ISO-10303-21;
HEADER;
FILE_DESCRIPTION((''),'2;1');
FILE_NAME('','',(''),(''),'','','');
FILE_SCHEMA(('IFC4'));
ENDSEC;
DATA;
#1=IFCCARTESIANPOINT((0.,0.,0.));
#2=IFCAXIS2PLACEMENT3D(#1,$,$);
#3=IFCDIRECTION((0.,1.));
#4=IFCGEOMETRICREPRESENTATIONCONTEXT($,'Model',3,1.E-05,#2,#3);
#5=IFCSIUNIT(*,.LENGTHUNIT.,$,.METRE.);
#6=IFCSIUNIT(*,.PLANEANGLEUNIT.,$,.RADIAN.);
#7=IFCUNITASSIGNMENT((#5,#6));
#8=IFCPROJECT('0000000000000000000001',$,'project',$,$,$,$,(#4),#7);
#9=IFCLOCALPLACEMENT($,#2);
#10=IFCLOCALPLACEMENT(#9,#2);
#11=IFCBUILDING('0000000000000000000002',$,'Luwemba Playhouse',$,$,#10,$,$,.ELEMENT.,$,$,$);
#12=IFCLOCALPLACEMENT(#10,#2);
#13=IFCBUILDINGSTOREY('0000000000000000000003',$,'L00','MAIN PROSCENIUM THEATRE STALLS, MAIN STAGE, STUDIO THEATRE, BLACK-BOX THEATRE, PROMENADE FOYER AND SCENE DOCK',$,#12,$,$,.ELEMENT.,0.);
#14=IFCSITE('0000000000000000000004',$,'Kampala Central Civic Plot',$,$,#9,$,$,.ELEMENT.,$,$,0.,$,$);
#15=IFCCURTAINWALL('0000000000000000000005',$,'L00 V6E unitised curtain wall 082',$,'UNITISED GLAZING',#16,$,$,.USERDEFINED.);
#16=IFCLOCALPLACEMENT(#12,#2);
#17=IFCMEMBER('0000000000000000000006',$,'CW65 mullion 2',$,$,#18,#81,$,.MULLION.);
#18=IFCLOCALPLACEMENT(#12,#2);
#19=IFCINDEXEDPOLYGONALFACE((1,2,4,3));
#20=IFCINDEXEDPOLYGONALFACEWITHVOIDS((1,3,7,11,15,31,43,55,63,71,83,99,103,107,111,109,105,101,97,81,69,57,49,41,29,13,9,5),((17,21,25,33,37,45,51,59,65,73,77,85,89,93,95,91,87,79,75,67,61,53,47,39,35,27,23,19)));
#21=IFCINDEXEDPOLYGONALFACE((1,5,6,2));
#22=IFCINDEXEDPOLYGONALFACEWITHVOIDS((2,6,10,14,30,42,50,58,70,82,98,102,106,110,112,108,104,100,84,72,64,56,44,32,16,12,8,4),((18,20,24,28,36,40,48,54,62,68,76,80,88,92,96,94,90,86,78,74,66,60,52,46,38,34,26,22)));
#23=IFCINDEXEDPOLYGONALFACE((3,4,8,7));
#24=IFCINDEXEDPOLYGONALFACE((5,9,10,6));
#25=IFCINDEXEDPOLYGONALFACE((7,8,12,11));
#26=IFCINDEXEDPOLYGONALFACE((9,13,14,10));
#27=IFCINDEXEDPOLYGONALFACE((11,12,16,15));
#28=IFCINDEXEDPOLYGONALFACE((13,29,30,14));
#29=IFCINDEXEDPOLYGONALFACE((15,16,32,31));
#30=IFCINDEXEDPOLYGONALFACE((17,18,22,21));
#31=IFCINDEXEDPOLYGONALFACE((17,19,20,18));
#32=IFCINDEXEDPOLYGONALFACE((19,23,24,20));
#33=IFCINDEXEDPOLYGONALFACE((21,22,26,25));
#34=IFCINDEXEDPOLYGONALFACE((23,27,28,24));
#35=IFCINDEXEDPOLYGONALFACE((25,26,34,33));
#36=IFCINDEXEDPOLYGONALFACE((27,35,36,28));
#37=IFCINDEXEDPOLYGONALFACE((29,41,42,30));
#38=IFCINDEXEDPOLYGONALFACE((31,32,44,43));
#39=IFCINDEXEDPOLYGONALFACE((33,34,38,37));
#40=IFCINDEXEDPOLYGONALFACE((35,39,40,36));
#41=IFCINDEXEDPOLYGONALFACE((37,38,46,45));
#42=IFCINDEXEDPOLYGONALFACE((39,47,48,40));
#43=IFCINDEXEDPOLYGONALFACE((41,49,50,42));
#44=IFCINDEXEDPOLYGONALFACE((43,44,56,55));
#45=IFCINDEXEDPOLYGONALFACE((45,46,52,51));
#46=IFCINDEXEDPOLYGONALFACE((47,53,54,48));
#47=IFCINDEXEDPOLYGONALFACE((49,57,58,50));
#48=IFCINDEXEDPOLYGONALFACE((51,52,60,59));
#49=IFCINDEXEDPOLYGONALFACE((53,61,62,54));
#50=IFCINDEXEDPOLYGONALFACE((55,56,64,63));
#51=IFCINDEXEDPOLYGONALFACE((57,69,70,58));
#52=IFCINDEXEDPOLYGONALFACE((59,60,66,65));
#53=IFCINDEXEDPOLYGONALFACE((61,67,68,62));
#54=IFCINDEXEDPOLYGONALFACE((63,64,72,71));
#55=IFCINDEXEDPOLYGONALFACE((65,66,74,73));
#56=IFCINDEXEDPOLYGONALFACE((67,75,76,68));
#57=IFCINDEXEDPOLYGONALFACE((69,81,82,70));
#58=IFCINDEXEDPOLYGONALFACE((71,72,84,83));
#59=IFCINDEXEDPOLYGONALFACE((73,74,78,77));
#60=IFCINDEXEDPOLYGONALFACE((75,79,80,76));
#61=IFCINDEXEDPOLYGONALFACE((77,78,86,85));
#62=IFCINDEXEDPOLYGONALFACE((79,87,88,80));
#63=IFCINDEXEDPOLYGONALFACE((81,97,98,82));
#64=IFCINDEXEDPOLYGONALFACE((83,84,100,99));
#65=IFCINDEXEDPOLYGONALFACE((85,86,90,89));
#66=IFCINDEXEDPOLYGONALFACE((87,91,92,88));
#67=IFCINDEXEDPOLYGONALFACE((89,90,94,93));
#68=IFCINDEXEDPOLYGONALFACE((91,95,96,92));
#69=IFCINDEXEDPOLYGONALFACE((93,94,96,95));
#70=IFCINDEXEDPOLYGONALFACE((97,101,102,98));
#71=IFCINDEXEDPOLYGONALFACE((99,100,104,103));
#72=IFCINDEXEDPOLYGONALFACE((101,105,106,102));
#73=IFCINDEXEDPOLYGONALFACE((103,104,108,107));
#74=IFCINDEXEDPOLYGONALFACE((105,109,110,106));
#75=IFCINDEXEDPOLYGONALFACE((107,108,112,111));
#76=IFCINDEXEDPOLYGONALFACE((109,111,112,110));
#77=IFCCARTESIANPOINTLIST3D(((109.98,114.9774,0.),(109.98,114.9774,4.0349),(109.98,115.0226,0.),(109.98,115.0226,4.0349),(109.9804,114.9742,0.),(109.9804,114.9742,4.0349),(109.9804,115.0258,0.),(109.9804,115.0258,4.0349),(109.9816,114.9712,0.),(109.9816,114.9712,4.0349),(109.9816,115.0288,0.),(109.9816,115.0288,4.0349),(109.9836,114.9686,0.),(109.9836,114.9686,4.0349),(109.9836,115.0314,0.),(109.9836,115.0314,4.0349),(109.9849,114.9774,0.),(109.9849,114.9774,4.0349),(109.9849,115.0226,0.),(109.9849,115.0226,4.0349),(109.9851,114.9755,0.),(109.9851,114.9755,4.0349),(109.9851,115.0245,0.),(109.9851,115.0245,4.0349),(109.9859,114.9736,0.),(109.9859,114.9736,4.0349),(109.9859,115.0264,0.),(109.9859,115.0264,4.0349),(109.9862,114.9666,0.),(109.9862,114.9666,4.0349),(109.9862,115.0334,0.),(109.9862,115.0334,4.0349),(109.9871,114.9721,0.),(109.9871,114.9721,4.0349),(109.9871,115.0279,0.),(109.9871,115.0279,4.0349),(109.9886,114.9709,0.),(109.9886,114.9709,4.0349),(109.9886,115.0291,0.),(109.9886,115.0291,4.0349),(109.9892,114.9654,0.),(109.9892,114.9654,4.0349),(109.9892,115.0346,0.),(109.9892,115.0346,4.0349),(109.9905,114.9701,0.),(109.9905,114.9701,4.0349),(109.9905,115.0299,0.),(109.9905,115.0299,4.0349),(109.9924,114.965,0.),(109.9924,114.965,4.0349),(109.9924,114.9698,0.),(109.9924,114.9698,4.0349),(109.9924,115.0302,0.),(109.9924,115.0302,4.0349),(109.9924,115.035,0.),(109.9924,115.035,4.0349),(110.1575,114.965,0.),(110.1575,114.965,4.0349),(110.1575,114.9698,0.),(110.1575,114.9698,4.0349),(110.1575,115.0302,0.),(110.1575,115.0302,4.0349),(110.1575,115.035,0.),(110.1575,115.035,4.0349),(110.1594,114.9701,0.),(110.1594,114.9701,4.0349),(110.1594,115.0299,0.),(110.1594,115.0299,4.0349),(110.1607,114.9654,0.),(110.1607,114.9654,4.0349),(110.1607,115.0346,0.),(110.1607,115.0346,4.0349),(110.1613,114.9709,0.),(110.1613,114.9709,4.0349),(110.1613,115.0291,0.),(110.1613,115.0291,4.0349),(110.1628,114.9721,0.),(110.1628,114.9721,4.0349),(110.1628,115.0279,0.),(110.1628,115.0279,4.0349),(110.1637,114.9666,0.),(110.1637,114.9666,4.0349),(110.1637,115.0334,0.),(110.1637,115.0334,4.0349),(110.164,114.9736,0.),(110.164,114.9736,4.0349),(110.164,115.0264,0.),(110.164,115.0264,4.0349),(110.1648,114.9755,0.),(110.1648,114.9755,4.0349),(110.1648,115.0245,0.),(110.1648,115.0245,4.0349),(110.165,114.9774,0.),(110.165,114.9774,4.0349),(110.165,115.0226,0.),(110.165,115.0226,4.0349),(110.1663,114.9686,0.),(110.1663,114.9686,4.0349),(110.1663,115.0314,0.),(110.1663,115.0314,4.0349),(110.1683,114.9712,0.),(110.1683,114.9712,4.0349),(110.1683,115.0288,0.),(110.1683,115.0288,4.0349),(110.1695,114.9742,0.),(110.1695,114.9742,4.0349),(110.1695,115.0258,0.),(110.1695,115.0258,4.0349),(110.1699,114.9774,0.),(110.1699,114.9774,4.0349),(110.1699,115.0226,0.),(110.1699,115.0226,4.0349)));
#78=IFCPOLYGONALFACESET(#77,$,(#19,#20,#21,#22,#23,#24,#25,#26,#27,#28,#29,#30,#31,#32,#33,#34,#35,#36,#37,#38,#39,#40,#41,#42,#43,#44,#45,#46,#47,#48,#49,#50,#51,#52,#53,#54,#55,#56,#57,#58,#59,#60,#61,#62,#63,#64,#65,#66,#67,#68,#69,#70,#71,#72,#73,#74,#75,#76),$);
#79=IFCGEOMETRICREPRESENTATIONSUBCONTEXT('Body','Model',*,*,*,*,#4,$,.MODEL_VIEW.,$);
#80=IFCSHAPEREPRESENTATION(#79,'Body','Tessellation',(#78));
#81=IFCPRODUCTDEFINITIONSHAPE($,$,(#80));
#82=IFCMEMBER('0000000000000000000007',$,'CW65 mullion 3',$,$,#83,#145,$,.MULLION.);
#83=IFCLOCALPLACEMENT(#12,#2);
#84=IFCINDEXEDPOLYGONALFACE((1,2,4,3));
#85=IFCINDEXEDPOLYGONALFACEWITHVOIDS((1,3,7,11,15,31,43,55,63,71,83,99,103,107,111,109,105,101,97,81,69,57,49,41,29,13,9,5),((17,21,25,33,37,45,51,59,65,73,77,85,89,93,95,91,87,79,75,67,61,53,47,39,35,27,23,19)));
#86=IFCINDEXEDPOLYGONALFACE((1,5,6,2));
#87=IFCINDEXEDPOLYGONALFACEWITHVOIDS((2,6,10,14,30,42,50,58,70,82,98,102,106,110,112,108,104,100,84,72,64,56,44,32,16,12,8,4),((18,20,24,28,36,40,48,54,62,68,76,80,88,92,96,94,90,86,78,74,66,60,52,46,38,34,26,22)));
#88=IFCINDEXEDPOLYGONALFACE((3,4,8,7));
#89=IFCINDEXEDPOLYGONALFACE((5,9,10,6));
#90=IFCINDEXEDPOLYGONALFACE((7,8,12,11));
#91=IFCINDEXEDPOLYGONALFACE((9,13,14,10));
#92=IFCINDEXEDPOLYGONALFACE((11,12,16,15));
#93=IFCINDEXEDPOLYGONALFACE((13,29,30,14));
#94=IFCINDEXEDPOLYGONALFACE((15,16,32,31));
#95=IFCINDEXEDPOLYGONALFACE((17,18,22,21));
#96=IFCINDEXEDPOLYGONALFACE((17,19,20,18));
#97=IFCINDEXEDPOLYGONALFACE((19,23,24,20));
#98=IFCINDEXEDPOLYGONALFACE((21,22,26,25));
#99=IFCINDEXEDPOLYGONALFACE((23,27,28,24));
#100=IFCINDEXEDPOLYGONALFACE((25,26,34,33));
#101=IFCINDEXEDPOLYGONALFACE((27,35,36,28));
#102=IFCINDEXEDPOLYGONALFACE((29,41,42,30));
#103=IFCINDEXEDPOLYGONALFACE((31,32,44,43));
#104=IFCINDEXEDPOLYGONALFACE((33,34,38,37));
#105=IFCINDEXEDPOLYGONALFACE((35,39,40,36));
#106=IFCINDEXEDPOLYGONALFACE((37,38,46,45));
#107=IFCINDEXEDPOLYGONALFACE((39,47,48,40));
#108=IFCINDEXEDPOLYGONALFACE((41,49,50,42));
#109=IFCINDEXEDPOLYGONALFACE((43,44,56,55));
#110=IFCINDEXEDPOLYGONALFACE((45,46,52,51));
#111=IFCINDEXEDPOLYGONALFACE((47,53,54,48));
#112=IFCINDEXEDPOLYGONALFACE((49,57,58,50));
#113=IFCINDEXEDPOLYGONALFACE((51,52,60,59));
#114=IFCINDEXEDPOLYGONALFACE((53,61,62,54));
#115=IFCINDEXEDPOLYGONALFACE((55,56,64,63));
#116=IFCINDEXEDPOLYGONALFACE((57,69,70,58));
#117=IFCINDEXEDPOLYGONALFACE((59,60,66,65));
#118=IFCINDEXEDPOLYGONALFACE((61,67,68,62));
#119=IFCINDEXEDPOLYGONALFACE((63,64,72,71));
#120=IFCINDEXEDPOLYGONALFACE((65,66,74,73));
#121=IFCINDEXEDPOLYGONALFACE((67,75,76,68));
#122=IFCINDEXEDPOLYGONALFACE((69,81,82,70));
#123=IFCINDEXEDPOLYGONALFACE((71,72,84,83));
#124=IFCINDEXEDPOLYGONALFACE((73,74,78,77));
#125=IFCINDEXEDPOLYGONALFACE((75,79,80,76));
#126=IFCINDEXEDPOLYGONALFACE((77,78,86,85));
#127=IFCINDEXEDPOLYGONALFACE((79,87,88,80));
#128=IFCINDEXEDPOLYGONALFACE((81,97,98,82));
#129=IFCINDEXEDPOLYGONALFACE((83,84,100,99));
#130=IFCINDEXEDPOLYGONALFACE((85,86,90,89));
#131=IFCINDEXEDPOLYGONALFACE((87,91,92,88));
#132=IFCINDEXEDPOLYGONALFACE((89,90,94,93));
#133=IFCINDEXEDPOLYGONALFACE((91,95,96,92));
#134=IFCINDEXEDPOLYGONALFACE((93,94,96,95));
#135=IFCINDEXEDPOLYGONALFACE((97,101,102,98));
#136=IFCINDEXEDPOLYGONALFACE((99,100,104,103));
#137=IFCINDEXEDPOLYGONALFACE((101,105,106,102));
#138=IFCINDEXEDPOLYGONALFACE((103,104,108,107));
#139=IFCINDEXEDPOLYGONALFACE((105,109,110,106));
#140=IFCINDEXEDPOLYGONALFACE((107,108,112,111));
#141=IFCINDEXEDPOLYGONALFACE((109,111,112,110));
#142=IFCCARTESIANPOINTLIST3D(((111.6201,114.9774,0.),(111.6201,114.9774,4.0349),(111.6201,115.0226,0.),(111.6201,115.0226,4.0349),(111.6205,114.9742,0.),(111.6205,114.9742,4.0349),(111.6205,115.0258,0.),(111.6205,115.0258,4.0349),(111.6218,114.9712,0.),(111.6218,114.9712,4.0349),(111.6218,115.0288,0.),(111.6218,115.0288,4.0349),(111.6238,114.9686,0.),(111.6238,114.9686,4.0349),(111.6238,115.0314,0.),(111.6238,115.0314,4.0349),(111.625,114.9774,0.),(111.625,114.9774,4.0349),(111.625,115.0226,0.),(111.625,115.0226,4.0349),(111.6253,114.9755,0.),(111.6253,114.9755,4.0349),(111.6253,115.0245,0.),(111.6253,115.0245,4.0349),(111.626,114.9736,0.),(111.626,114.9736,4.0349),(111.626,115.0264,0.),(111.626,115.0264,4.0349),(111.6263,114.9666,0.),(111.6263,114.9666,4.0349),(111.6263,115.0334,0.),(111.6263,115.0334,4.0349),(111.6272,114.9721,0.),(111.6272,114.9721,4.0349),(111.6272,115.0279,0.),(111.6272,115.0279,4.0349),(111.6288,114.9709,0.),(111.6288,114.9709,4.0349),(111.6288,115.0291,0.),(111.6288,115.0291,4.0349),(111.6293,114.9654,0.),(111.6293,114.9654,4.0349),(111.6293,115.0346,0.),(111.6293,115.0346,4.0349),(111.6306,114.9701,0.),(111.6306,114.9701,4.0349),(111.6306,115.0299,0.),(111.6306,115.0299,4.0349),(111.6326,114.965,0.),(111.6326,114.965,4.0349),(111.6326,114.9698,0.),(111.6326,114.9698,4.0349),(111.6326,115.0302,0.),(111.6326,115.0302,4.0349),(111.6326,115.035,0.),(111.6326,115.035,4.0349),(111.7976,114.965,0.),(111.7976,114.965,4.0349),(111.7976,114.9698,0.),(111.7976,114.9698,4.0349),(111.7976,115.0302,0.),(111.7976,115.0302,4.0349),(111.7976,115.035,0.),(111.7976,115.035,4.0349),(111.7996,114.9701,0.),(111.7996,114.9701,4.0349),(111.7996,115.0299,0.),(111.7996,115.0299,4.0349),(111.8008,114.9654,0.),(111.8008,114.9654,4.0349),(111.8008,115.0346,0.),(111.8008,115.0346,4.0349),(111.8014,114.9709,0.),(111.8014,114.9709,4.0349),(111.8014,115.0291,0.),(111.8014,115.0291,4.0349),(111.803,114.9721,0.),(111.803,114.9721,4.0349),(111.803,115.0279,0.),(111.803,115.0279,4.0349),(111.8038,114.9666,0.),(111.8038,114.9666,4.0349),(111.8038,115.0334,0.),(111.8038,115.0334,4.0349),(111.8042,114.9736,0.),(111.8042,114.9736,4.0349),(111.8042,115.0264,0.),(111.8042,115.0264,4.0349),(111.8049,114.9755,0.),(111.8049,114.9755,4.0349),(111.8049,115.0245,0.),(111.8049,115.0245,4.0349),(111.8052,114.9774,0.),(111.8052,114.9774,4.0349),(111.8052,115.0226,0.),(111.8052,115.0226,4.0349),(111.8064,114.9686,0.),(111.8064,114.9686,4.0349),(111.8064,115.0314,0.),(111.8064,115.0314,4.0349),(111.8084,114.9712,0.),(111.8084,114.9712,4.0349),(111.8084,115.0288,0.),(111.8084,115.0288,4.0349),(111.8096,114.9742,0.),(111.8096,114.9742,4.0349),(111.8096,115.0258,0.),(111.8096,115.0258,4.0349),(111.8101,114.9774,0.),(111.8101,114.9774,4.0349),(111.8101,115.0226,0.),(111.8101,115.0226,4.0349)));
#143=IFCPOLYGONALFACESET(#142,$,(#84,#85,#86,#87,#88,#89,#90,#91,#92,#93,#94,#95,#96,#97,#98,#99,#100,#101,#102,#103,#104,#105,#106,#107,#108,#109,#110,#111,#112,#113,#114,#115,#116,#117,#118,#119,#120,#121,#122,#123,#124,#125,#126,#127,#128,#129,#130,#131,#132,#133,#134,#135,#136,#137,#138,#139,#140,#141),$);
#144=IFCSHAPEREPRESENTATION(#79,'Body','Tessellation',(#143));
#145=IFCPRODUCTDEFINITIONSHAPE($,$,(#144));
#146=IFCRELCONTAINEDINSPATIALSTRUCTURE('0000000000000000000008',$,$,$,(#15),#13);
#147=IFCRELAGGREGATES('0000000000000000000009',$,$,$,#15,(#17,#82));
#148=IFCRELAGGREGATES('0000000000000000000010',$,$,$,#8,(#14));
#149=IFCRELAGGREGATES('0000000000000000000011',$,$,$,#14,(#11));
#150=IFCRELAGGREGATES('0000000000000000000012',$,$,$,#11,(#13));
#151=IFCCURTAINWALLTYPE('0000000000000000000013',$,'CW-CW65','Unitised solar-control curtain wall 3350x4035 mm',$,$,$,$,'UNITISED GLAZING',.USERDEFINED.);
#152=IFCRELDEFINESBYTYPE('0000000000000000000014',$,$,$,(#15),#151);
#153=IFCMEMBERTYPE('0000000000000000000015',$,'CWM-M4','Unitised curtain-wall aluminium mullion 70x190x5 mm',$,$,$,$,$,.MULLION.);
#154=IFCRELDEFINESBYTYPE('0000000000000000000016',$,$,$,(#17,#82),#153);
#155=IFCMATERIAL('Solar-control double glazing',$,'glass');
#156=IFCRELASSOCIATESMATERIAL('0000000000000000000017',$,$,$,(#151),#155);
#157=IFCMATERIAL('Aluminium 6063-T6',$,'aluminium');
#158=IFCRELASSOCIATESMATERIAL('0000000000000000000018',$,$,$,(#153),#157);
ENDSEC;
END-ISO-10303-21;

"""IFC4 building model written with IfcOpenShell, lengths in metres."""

from ifc_helpers import new_model, si_unit, direction, frame, origin, origin_2d, place, context, subcontext, project, spatial, hollow_rectangle, extrude, material, material_profile, profile_set, type_object, element, aggregate, save


model = new_model("IFC4")

# Units and contexts
model_context = context("Model", 3, precision=1e-05, world=origin(), true_north=direction((0.0, 1.0)))
body_context = subcontext(model_context, "Body", "Model", "MODEL_VIEW")
ifc_project = project(units=[si_unit("LENGTHUNIT", "METRE"), si_unit("PLANEANGLEUNIT", "RADIAN")], contexts=[model_context])

# Site, building, storey
site_placement = place(None, origin())
site = spatial("IfcSite", under=ifc_project, at=site_placement, Name="Kampala Central Civic Plot", CompositionType="ELEMENT", RefElevation=0.0)
building_placement = place(site_placement, origin())
building = spatial("IfcBuilding", under=site, at=building_placement, Name="Luwemba Playhouse", CompositionType="ELEMENT")
storey_placement = place(building_placement, origin())
storey = spatial("IfcBuildingStorey", under=building, at=storey_placement, Name="L00", Description="MAIN PROSCENIUM THEATRE STALLS, MAIN STAGE, STUDIO THEATRE, BLACK-BOX THEATRE, PROMENADE FOYER AND SCENE DOCK", CompositionType="ELEMENT", Elevation=0.0)

# Curtain wall, members
ifc_material_1 = material(Name="Solar-control double glazing", Category="glass")
curtain_wall_type = type_object("IfcCurtainWallType", Name="CW-CW65", Description="Unitised solar-control curtain wall 3350x4035 mm", ElementType="UNITISED GLAZING", PredefinedType="USERDEFINED", material=ifc_material_1)
curtain_wall_placement = place(storey_placement, origin())
curtain_wall = element("IfcCurtainWall", 1, at=curtain_wall_placement, inside=storey, type_object=curtain_wall_type, Name="L00 V6E unitised curtain wall 082", ObjectType="UNITISED GLAZING", PredefinedType="USERDEFINED")
ifc_material_2 = material(Name="Aluminium 6063-T6", Category="aluminium")
ifc_material_profile_1 = material_profile(ifc_material_2, hollow_rectangle(XDim=0.0701, YDim=0.1899, WallThickness=0.0049, InnerFilletRadius=0.0076, OuterFilletRadius=0.0125, at=origin_2d()))
ifc_profile_set_1 = profile_set([ifc_material_profile_1], Name="Aluminium 6063-T6")
member_type_1 = type_object("IfcMemberType", Name="CWM-M4", Description="Unitised curtain-wall aluminium mullion 70x190x5 mm", PredefinedType="MULLION", material=ifc_profile_set_1)
member_1_placement = place(storey_placement, frame((110.075, 115.0, 0.0), z_axis=(0.0, 0.0, 1.0), x_axis=(0.0, 1.0, 0.0)))
member_1 = element("IfcMember", 2, at=member_1_placement, type_object=member_type_1, Name="CW65 mullion 2", PredefinedType="MULLION", context=body_context, shape_type="SweptSolid", body=[
    extrude(hollow_rectangle(XDim=0.0701, YDim=0.1899, WallThickness=0.0049, InnerFilletRadius=0.0076, OuterFilletRadius=0.0125, at=origin_2d()), origin(), (0.0, 0.0, 1.0), 4.0349),
])
member_2_placement = place(storey_placement, frame((111.7151, 115.0, 0.0), z_axis=(0.0, 0.0, 1.0), x_axis=(0.0, 1.0, 0.0)))
member_2 = element("IfcMember", 3, at=member_2_placement, type_object=member_type_1, Name="CW65 mullion 3", PredefinedType="MULLION", context=body_context, shape_type="SweptSolid", body=[
    extrude(hollow_rectangle(XDim=0.0701, YDim=0.1899, WallThickness=0.0049, InnerFilletRadius=0.0076, OuterFilletRadius=0.0125, at=origin_2d()), origin(), (0.0, 0.0, 1.0), 4.0349),
])
aggregate(curtain_wall, [member_1, member_2])

save(model, "model.ifc")
